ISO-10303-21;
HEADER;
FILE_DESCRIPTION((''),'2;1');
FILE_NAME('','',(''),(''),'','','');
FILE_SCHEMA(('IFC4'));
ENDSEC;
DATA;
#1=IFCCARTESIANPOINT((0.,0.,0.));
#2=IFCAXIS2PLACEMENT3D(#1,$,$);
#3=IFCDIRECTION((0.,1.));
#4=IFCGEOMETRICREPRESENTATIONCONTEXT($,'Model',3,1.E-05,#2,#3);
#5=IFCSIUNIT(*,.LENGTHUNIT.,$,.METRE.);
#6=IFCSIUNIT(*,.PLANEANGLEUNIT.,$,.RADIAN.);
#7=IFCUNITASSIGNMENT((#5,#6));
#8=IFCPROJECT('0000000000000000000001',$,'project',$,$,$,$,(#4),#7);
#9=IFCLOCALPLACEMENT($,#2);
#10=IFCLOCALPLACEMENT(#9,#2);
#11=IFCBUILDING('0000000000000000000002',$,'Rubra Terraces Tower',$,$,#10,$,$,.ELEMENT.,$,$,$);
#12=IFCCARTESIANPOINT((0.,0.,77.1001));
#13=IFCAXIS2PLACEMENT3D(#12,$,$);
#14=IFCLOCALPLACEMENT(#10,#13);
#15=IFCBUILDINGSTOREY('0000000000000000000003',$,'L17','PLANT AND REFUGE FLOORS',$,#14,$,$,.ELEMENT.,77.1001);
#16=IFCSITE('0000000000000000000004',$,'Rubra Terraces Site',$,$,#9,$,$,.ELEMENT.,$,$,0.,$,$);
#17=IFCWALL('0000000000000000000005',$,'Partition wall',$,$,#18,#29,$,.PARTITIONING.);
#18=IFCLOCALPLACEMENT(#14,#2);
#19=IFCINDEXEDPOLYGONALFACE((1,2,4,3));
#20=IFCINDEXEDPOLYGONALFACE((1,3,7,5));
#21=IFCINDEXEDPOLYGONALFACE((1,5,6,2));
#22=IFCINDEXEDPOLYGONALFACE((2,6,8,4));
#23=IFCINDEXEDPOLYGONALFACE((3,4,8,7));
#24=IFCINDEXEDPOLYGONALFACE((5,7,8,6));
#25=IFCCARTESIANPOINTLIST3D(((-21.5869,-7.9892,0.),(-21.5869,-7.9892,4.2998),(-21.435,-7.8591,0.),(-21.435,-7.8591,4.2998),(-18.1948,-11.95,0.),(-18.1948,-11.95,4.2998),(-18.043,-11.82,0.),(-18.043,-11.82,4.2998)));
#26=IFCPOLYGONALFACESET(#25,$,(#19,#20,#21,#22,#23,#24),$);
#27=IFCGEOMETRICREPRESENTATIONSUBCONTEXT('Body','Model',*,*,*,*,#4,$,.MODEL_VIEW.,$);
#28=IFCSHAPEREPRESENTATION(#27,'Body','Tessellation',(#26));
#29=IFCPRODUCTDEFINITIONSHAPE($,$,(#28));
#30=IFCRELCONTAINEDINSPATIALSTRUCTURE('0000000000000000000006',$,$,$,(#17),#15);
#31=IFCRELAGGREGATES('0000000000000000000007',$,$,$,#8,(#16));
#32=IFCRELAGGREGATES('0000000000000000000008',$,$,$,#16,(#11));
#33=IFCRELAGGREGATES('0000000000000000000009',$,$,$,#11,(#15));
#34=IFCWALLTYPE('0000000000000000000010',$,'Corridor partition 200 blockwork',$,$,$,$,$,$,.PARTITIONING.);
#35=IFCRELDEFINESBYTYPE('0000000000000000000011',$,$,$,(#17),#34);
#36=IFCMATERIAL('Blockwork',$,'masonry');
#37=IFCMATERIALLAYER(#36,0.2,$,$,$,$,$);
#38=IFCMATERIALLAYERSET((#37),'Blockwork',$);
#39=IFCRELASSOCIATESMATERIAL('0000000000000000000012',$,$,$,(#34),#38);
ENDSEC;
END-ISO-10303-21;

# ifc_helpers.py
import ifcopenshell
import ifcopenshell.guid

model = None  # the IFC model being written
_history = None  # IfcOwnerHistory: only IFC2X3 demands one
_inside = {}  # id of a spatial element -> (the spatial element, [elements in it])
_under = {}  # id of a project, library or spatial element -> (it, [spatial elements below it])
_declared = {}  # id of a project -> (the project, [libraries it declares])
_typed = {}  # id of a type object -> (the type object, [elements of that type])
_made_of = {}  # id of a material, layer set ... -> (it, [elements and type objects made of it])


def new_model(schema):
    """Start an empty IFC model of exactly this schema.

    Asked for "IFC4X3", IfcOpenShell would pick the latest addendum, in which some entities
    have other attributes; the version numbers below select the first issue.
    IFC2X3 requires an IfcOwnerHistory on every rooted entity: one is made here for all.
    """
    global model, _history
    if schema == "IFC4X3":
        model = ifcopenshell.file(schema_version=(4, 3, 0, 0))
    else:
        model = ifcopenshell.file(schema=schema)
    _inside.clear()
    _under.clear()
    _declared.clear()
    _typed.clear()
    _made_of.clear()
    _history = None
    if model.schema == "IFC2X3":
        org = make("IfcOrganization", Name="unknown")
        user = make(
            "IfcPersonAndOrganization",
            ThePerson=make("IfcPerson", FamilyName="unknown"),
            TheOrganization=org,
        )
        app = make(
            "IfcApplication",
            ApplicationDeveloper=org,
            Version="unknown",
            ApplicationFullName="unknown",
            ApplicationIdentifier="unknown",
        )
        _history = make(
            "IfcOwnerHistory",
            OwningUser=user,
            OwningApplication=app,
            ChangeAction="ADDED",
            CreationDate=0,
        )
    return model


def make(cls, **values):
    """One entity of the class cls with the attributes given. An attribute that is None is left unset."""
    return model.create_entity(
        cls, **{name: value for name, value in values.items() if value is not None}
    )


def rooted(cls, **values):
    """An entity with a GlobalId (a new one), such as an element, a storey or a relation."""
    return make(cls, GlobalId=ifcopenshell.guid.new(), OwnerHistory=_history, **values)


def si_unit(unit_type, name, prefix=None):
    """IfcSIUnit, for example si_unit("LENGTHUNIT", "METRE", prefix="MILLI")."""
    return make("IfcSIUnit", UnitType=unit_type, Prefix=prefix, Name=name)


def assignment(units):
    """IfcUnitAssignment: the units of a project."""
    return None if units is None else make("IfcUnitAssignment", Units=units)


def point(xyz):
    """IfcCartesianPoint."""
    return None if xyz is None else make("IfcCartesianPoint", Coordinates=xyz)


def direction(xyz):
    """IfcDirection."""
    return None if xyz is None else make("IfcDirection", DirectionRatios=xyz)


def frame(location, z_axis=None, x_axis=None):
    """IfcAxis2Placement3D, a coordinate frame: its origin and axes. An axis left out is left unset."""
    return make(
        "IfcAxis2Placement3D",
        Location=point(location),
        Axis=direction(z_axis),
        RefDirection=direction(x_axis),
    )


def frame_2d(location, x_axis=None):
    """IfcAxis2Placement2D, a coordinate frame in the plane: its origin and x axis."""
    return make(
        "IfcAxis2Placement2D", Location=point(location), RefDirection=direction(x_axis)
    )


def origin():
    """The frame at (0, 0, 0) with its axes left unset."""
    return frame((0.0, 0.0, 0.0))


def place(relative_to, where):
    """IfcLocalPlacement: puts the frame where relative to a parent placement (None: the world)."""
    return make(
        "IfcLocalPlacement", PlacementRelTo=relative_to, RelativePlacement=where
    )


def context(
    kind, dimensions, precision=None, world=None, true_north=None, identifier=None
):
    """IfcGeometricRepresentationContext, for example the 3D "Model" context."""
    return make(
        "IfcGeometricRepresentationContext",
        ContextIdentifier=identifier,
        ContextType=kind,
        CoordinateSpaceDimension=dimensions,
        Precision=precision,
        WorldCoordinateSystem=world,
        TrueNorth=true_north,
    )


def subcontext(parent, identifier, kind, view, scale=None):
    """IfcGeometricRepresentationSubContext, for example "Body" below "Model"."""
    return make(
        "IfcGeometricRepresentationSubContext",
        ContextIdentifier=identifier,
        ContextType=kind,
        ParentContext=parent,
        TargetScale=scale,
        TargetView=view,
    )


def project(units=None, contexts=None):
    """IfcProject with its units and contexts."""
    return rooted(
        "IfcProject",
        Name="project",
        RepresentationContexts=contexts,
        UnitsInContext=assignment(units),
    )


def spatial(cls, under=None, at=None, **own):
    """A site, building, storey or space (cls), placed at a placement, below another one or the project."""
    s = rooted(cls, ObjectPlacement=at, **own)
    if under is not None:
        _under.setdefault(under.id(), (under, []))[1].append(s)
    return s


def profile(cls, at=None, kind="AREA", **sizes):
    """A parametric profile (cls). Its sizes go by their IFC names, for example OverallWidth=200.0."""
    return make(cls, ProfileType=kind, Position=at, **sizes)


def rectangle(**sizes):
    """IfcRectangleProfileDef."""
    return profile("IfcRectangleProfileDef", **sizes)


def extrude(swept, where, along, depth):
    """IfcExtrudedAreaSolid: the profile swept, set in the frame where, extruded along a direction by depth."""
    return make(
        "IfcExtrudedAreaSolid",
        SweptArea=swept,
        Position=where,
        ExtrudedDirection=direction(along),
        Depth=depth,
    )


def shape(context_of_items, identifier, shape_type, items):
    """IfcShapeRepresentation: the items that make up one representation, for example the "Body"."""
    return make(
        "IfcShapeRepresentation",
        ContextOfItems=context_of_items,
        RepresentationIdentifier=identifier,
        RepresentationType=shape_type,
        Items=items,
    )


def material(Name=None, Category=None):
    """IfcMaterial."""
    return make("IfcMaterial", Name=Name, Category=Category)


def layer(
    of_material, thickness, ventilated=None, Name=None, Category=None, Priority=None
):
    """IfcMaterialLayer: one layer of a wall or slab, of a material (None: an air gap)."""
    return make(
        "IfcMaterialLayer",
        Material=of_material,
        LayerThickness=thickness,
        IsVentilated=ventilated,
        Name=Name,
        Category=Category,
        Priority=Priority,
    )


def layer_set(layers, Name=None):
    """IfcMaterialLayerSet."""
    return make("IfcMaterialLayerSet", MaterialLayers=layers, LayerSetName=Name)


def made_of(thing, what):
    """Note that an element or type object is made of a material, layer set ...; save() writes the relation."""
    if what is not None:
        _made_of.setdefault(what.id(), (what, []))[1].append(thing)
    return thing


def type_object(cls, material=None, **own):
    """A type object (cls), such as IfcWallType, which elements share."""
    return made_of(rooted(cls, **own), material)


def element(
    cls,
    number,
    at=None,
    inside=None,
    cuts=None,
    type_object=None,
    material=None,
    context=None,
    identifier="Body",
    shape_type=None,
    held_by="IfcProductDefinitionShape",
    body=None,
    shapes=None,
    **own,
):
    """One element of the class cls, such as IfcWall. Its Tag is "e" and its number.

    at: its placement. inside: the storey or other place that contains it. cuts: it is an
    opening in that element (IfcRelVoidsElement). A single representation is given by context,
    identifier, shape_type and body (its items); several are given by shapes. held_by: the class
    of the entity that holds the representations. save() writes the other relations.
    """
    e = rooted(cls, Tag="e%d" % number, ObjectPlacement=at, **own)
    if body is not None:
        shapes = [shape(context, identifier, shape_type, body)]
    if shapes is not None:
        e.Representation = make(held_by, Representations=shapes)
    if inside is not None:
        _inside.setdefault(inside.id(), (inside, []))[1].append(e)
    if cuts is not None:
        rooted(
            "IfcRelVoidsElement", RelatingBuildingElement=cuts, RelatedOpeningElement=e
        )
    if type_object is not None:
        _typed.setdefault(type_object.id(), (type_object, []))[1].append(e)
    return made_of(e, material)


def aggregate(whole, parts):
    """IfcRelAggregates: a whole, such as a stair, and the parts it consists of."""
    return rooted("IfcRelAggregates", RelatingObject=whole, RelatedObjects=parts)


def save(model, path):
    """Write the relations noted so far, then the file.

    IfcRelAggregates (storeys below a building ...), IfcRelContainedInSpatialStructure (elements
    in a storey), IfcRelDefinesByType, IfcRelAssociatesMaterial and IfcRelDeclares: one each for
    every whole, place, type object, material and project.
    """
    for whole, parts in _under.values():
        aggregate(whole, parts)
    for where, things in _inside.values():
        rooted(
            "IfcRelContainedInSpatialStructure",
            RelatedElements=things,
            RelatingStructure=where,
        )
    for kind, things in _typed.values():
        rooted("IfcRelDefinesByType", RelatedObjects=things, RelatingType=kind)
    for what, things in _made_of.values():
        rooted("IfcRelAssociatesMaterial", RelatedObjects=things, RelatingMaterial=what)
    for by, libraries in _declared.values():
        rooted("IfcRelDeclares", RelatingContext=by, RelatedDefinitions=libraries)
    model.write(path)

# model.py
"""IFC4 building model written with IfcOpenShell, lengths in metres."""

from ifc_helpers import new_model, si_unit, direction, frame, frame_2d, origin, place, context, subcontext, project, spatial, rectangle, extrude, material, layer, layer_set, type_object, element, save


model = new_model("IFC4")

# Units and contexts
model_context = context("Model", 3, precision=1e-05, world=origin(), true_north=direction((0.0, 1.0)))
body_context = subcontext(model_context, "Body", "Model", "MODEL_VIEW")
ifc_project = project(units=[si_unit("LENGTHUNIT", "METRE"), si_unit("PLANEANGLEUNIT", "RADIAN")], contexts=[model_context])

# Site, building, storey
site_placement = place(None, origin())
site = spatial("IfcSite", under=ifc_project, at=site_placement, Name="Rubra Terraces Site", CompositionType="ELEMENT", RefElevation=0.0)
building_placement = place(site_placement, origin())
building = spatial("IfcBuilding", under=site, at=building_placement, Name="Rubra Terraces Tower", CompositionType="ELEMENT")
storey_placement = place(building_placement, frame((0.0, 0.0, 77.1001)))
storey = spatial("IfcBuildingStorey", under=building, at=storey_placement, Name="L17", Description="PLANT AND REFUGE FLOORS", CompositionType="ELEMENT", Elevation=77.1001)

# Wall
ifc_material_1 = material(Name="Blockwork", Category="masonry")
ifc_layer_1 = layer(ifc_material_1, 0.2)
ifc_layer_set_1 = layer_set([ifc_layer_1], Name="Blockwork")
wall_type_1 = type_object("IfcWallType", Name="Corridor partition 200 blockwork", PredefinedType="PARTITIONING", material=ifc_layer_set_1)
wall_1_placement = place(storey_placement, frame((-18.1189, -11.885, 0.0), z_axis=(0.0, 0.0, 1.0), x_axis=(-0.65046, 0.759541, 0.0)))
element("IfcWall", 1, at=wall_1_placement, inside=storey, type_object=wall_type_1, Name="Partition wall", PredefinedType="PARTITIONING", context=body_context, shape_type="SweptSolid", body=[
    extrude(rectangle(XDim=5.2148, YDim=0.2, at=frame_2d((2.6074, 0.0))), origin(), (0.0, 0.0, 1.0), 4.2998),
])

save(model, "model.ifc")
